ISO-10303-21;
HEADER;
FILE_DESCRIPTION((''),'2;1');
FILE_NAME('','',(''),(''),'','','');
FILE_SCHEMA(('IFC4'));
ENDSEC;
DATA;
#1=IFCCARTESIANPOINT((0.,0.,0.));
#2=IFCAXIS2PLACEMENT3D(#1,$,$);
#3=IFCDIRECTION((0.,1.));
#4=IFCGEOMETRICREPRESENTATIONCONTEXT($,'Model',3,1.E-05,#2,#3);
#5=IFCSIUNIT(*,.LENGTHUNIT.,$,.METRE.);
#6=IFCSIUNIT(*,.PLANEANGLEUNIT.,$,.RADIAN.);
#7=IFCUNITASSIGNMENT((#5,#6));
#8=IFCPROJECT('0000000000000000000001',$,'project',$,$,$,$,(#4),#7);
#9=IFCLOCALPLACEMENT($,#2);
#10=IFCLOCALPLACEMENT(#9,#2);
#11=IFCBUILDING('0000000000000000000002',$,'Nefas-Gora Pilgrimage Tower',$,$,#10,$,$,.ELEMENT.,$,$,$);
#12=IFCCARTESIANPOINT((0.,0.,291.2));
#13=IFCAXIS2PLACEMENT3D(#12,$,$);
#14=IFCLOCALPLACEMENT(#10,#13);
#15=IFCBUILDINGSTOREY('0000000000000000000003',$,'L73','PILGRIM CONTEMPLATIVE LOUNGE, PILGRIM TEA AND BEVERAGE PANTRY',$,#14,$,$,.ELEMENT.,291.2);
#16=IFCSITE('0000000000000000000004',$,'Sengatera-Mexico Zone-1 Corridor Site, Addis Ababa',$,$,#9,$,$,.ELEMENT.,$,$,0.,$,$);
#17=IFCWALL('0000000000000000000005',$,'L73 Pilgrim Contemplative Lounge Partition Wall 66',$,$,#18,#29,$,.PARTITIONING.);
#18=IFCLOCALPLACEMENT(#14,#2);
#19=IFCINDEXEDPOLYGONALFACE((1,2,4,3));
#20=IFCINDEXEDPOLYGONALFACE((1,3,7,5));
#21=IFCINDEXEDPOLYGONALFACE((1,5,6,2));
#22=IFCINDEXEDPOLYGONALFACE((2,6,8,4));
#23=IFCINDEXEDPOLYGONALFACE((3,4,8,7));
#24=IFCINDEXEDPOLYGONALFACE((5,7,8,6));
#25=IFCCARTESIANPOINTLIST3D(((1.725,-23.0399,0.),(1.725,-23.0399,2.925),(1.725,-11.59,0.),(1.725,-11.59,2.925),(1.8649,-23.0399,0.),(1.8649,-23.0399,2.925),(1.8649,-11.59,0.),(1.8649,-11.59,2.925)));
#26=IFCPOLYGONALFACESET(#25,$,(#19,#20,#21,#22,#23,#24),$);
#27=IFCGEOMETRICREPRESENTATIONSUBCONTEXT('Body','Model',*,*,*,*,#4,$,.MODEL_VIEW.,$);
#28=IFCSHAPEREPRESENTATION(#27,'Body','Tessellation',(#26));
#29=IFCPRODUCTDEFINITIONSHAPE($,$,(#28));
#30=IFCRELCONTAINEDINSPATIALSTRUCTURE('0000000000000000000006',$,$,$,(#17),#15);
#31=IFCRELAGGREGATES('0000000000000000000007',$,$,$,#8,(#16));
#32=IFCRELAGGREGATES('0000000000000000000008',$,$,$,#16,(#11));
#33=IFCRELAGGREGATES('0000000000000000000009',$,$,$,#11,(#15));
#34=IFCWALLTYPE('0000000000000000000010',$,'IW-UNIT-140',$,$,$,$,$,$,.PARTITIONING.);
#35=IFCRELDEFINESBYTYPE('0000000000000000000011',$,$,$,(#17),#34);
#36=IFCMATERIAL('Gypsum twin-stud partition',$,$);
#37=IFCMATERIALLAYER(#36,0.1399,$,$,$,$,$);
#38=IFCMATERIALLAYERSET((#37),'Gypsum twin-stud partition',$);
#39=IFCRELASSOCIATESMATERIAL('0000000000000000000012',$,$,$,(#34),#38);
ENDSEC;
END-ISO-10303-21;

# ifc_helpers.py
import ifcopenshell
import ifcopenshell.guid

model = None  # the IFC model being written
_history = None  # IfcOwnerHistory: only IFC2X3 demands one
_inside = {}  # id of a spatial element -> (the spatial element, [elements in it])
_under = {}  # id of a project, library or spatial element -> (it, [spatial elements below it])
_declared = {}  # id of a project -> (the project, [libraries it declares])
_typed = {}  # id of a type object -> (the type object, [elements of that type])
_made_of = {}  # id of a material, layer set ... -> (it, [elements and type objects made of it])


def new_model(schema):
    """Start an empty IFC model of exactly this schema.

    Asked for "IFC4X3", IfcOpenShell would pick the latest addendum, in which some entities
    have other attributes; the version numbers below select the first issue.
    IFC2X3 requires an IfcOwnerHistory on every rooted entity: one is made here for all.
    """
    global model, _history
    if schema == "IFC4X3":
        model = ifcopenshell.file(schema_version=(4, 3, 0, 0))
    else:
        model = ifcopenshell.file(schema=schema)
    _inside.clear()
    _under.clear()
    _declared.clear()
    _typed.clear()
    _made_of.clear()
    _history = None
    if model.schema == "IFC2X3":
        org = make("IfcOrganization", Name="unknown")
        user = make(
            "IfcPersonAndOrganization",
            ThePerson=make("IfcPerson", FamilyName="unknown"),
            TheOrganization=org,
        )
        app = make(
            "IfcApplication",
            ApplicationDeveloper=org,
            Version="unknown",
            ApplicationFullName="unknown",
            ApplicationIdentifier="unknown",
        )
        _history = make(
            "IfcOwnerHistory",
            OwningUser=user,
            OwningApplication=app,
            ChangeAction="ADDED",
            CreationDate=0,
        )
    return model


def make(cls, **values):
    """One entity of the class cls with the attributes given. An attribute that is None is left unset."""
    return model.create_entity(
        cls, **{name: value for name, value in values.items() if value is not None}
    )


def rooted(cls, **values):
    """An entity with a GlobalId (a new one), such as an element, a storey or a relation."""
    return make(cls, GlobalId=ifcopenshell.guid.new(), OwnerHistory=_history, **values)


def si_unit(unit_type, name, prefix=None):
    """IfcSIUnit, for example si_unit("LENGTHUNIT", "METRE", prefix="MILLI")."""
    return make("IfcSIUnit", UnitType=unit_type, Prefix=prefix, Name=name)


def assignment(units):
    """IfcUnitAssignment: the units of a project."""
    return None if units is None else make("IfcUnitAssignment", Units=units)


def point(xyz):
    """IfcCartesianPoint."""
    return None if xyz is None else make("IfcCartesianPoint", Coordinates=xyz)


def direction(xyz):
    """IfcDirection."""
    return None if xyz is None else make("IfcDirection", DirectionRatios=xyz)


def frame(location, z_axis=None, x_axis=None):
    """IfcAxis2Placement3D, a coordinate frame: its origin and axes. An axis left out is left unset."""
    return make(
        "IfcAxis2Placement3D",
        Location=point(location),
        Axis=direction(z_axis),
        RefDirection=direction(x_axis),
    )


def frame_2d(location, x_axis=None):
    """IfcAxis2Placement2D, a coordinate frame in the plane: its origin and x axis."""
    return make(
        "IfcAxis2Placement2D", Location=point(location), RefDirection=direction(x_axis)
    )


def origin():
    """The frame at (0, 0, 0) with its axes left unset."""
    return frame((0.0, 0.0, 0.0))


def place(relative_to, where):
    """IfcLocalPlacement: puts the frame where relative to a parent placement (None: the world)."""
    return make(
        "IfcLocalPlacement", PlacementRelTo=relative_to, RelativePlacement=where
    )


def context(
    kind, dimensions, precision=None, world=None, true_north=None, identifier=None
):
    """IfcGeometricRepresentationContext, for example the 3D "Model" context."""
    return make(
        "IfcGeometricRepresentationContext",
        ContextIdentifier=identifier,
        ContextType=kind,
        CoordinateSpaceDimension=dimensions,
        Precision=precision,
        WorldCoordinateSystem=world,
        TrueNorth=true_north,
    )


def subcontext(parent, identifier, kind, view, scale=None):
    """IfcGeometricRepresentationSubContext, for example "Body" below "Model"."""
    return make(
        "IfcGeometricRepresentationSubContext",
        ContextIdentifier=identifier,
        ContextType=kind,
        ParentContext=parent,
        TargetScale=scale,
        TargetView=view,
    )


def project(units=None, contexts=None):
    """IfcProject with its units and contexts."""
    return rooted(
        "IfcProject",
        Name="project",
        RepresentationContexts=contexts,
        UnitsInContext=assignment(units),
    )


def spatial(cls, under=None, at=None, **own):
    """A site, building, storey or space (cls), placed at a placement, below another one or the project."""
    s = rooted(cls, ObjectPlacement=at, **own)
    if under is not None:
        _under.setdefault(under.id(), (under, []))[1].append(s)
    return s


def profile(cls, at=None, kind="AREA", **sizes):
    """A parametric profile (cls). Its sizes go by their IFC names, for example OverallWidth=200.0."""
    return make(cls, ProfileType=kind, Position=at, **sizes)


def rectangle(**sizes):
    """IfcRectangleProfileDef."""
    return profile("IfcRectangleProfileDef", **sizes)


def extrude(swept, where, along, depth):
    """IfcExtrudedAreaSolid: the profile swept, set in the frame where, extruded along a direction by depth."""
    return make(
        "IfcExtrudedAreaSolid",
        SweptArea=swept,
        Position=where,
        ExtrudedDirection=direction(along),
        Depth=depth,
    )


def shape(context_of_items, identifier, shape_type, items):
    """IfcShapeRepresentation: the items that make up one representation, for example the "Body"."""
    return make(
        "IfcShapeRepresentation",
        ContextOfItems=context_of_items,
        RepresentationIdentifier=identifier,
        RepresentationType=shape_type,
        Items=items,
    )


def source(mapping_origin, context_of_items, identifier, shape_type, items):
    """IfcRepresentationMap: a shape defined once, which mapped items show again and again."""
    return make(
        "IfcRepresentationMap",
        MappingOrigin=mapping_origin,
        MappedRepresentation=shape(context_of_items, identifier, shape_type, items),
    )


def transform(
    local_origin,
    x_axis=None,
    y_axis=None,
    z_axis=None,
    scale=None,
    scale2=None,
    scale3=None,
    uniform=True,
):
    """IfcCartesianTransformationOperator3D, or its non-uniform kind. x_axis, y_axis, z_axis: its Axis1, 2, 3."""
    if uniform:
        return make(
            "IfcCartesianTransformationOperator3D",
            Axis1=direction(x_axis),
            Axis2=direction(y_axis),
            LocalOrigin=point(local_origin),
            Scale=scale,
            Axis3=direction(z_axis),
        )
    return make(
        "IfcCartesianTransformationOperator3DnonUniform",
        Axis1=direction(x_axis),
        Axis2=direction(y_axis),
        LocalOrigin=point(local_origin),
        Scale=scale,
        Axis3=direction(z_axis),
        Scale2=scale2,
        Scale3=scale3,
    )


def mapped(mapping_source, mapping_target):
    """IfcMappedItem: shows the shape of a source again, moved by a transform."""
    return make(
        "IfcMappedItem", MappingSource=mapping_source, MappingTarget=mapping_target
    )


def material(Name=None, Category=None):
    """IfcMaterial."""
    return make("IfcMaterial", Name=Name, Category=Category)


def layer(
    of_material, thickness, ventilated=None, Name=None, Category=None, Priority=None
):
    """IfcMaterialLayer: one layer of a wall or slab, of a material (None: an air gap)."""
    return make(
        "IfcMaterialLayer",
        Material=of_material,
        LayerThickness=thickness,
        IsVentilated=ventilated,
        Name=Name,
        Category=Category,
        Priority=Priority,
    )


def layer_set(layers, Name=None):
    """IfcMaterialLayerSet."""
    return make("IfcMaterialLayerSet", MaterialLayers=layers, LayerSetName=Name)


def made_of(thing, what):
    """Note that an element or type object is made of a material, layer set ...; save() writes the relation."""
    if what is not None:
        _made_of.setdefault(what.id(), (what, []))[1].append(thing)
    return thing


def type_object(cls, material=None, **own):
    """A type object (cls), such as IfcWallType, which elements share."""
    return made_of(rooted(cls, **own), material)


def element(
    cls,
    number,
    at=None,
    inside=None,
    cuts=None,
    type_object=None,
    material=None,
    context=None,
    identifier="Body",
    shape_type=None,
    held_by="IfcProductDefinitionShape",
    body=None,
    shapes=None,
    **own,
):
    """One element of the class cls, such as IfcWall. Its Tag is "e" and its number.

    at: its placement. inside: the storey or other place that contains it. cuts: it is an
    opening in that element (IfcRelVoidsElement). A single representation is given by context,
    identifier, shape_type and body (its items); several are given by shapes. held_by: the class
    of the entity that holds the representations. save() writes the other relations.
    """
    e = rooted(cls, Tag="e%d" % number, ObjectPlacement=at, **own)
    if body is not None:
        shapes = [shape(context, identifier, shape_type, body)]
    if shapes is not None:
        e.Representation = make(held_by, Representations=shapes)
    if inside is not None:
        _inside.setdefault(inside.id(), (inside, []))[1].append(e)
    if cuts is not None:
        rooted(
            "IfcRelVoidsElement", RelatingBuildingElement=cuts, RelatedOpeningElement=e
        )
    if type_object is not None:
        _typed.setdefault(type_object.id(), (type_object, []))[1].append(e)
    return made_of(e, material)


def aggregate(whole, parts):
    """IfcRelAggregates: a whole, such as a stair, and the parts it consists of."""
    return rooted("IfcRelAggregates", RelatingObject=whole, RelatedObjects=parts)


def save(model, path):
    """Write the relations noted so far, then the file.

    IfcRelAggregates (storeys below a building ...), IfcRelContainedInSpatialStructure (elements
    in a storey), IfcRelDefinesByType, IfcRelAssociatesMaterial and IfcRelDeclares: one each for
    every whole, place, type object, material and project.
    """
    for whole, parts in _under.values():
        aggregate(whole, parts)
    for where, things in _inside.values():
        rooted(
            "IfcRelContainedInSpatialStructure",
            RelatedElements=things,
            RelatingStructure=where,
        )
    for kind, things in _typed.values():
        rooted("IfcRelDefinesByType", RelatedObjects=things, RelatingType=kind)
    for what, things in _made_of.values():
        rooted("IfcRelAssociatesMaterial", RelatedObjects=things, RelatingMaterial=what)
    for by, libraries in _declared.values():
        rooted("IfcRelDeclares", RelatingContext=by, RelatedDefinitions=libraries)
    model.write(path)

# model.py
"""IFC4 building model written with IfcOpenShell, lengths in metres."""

from ifc_helpers import new_model, si_unit, direction, frame, frame_2d, origin, place, context, subcontext, project, spatial, rectangle, extrude, source, transform, mapped, material, layer, layer_set, type_object, element, save


model = new_model("IFC4")

# Units and contexts
model_context = context("Model", 3, precision=1e-05, world=origin(), true_north=direction((0.0, 1.0)))
body_context = subcontext(model_context, "Body", "Model", "MODEL_VIEW")
ifc_project = project(units=[si_unit("LENGTHUNIT", "METRE"), si_unit("PLANEANGLEUNIT", "RADIAN")], contexts=[model_context])

# Site, building, storey
site_placement = place(None, origin())
site = spatial("IfcSite", under=ifc_project, at=site_placement, Name="Sengatera-Mexico Zone-1 Corridor Site, Addis Ababa", CompositionType="ELEMENT", RefElevation=0.0)
building_placement = place(site_placement, origin())
building = spatial("IfcBuilding", under=site, at=building_placement, Name="Nefas-Gora Pilgrimage Tower", CompositionType="ELEMENT")
storey_placement = place(building_placement, frame((0.0, 0.0, 291.2)))
storey = spatial("IfcBuildingStorey", under=building, at=storey_placement, Name="L73", Description="PILGRIM CONTEMPLATIVE LOUNGE, PILGRIM TEA AND BEVERAGE PANTRY", CompositionType="ELEMENT", Elevation=291.2)

# Wall
ifc_material_1 = material(Name="Gypsum twin-stud partition")
ifc_layer_1 = layer(ifc_material_1, 0.1399)
ifc_layer_set_1 = layer_set([ifc_layer_1], Name="Gypsum twin-stud partition")
wall_type_1 = type_object("IfcWallType", Name="IW-UNIT-140", PredefinedType="PARTITIONING", material=ifc_layer_set_1)
shared_shape_1 = source(origin(), body_context, "Body", "SweptSolid", [
    extrude(rectangle(XDim=11.45, YDim=0.1399, at=frame_2d((5.7251, 0.0))), origin(), (0.0, 0.0, 1.0), 2.925),
])
wall_1_placement = place(storey_placement, frame((1.7949, -23.04, 0.0), z_axis=(0.0, 0.0, 1.0), x_axis=(0.0, 1.0, 0.0)))
element("IfcWall", 1, at=wall_1_placement, inside=storey, type_object=wall_type_1, Name="L73 Pilgrim Contemplative Lounge Partition Wall 66", PredefinedType="PARTITIONING", context=body_context, shape_type="MappedRepresentation", body=[
    mapped(shared_shape_1, transform((0.0, 0.0, 0.0), x_axis=(1.0, 0.0, 0.0), y_axis=(0.0, 1.0, 0.0), z_axis=(0.0, 0.0, 1.0), scale=1.0)),
])

save(model, "model.ifc")
